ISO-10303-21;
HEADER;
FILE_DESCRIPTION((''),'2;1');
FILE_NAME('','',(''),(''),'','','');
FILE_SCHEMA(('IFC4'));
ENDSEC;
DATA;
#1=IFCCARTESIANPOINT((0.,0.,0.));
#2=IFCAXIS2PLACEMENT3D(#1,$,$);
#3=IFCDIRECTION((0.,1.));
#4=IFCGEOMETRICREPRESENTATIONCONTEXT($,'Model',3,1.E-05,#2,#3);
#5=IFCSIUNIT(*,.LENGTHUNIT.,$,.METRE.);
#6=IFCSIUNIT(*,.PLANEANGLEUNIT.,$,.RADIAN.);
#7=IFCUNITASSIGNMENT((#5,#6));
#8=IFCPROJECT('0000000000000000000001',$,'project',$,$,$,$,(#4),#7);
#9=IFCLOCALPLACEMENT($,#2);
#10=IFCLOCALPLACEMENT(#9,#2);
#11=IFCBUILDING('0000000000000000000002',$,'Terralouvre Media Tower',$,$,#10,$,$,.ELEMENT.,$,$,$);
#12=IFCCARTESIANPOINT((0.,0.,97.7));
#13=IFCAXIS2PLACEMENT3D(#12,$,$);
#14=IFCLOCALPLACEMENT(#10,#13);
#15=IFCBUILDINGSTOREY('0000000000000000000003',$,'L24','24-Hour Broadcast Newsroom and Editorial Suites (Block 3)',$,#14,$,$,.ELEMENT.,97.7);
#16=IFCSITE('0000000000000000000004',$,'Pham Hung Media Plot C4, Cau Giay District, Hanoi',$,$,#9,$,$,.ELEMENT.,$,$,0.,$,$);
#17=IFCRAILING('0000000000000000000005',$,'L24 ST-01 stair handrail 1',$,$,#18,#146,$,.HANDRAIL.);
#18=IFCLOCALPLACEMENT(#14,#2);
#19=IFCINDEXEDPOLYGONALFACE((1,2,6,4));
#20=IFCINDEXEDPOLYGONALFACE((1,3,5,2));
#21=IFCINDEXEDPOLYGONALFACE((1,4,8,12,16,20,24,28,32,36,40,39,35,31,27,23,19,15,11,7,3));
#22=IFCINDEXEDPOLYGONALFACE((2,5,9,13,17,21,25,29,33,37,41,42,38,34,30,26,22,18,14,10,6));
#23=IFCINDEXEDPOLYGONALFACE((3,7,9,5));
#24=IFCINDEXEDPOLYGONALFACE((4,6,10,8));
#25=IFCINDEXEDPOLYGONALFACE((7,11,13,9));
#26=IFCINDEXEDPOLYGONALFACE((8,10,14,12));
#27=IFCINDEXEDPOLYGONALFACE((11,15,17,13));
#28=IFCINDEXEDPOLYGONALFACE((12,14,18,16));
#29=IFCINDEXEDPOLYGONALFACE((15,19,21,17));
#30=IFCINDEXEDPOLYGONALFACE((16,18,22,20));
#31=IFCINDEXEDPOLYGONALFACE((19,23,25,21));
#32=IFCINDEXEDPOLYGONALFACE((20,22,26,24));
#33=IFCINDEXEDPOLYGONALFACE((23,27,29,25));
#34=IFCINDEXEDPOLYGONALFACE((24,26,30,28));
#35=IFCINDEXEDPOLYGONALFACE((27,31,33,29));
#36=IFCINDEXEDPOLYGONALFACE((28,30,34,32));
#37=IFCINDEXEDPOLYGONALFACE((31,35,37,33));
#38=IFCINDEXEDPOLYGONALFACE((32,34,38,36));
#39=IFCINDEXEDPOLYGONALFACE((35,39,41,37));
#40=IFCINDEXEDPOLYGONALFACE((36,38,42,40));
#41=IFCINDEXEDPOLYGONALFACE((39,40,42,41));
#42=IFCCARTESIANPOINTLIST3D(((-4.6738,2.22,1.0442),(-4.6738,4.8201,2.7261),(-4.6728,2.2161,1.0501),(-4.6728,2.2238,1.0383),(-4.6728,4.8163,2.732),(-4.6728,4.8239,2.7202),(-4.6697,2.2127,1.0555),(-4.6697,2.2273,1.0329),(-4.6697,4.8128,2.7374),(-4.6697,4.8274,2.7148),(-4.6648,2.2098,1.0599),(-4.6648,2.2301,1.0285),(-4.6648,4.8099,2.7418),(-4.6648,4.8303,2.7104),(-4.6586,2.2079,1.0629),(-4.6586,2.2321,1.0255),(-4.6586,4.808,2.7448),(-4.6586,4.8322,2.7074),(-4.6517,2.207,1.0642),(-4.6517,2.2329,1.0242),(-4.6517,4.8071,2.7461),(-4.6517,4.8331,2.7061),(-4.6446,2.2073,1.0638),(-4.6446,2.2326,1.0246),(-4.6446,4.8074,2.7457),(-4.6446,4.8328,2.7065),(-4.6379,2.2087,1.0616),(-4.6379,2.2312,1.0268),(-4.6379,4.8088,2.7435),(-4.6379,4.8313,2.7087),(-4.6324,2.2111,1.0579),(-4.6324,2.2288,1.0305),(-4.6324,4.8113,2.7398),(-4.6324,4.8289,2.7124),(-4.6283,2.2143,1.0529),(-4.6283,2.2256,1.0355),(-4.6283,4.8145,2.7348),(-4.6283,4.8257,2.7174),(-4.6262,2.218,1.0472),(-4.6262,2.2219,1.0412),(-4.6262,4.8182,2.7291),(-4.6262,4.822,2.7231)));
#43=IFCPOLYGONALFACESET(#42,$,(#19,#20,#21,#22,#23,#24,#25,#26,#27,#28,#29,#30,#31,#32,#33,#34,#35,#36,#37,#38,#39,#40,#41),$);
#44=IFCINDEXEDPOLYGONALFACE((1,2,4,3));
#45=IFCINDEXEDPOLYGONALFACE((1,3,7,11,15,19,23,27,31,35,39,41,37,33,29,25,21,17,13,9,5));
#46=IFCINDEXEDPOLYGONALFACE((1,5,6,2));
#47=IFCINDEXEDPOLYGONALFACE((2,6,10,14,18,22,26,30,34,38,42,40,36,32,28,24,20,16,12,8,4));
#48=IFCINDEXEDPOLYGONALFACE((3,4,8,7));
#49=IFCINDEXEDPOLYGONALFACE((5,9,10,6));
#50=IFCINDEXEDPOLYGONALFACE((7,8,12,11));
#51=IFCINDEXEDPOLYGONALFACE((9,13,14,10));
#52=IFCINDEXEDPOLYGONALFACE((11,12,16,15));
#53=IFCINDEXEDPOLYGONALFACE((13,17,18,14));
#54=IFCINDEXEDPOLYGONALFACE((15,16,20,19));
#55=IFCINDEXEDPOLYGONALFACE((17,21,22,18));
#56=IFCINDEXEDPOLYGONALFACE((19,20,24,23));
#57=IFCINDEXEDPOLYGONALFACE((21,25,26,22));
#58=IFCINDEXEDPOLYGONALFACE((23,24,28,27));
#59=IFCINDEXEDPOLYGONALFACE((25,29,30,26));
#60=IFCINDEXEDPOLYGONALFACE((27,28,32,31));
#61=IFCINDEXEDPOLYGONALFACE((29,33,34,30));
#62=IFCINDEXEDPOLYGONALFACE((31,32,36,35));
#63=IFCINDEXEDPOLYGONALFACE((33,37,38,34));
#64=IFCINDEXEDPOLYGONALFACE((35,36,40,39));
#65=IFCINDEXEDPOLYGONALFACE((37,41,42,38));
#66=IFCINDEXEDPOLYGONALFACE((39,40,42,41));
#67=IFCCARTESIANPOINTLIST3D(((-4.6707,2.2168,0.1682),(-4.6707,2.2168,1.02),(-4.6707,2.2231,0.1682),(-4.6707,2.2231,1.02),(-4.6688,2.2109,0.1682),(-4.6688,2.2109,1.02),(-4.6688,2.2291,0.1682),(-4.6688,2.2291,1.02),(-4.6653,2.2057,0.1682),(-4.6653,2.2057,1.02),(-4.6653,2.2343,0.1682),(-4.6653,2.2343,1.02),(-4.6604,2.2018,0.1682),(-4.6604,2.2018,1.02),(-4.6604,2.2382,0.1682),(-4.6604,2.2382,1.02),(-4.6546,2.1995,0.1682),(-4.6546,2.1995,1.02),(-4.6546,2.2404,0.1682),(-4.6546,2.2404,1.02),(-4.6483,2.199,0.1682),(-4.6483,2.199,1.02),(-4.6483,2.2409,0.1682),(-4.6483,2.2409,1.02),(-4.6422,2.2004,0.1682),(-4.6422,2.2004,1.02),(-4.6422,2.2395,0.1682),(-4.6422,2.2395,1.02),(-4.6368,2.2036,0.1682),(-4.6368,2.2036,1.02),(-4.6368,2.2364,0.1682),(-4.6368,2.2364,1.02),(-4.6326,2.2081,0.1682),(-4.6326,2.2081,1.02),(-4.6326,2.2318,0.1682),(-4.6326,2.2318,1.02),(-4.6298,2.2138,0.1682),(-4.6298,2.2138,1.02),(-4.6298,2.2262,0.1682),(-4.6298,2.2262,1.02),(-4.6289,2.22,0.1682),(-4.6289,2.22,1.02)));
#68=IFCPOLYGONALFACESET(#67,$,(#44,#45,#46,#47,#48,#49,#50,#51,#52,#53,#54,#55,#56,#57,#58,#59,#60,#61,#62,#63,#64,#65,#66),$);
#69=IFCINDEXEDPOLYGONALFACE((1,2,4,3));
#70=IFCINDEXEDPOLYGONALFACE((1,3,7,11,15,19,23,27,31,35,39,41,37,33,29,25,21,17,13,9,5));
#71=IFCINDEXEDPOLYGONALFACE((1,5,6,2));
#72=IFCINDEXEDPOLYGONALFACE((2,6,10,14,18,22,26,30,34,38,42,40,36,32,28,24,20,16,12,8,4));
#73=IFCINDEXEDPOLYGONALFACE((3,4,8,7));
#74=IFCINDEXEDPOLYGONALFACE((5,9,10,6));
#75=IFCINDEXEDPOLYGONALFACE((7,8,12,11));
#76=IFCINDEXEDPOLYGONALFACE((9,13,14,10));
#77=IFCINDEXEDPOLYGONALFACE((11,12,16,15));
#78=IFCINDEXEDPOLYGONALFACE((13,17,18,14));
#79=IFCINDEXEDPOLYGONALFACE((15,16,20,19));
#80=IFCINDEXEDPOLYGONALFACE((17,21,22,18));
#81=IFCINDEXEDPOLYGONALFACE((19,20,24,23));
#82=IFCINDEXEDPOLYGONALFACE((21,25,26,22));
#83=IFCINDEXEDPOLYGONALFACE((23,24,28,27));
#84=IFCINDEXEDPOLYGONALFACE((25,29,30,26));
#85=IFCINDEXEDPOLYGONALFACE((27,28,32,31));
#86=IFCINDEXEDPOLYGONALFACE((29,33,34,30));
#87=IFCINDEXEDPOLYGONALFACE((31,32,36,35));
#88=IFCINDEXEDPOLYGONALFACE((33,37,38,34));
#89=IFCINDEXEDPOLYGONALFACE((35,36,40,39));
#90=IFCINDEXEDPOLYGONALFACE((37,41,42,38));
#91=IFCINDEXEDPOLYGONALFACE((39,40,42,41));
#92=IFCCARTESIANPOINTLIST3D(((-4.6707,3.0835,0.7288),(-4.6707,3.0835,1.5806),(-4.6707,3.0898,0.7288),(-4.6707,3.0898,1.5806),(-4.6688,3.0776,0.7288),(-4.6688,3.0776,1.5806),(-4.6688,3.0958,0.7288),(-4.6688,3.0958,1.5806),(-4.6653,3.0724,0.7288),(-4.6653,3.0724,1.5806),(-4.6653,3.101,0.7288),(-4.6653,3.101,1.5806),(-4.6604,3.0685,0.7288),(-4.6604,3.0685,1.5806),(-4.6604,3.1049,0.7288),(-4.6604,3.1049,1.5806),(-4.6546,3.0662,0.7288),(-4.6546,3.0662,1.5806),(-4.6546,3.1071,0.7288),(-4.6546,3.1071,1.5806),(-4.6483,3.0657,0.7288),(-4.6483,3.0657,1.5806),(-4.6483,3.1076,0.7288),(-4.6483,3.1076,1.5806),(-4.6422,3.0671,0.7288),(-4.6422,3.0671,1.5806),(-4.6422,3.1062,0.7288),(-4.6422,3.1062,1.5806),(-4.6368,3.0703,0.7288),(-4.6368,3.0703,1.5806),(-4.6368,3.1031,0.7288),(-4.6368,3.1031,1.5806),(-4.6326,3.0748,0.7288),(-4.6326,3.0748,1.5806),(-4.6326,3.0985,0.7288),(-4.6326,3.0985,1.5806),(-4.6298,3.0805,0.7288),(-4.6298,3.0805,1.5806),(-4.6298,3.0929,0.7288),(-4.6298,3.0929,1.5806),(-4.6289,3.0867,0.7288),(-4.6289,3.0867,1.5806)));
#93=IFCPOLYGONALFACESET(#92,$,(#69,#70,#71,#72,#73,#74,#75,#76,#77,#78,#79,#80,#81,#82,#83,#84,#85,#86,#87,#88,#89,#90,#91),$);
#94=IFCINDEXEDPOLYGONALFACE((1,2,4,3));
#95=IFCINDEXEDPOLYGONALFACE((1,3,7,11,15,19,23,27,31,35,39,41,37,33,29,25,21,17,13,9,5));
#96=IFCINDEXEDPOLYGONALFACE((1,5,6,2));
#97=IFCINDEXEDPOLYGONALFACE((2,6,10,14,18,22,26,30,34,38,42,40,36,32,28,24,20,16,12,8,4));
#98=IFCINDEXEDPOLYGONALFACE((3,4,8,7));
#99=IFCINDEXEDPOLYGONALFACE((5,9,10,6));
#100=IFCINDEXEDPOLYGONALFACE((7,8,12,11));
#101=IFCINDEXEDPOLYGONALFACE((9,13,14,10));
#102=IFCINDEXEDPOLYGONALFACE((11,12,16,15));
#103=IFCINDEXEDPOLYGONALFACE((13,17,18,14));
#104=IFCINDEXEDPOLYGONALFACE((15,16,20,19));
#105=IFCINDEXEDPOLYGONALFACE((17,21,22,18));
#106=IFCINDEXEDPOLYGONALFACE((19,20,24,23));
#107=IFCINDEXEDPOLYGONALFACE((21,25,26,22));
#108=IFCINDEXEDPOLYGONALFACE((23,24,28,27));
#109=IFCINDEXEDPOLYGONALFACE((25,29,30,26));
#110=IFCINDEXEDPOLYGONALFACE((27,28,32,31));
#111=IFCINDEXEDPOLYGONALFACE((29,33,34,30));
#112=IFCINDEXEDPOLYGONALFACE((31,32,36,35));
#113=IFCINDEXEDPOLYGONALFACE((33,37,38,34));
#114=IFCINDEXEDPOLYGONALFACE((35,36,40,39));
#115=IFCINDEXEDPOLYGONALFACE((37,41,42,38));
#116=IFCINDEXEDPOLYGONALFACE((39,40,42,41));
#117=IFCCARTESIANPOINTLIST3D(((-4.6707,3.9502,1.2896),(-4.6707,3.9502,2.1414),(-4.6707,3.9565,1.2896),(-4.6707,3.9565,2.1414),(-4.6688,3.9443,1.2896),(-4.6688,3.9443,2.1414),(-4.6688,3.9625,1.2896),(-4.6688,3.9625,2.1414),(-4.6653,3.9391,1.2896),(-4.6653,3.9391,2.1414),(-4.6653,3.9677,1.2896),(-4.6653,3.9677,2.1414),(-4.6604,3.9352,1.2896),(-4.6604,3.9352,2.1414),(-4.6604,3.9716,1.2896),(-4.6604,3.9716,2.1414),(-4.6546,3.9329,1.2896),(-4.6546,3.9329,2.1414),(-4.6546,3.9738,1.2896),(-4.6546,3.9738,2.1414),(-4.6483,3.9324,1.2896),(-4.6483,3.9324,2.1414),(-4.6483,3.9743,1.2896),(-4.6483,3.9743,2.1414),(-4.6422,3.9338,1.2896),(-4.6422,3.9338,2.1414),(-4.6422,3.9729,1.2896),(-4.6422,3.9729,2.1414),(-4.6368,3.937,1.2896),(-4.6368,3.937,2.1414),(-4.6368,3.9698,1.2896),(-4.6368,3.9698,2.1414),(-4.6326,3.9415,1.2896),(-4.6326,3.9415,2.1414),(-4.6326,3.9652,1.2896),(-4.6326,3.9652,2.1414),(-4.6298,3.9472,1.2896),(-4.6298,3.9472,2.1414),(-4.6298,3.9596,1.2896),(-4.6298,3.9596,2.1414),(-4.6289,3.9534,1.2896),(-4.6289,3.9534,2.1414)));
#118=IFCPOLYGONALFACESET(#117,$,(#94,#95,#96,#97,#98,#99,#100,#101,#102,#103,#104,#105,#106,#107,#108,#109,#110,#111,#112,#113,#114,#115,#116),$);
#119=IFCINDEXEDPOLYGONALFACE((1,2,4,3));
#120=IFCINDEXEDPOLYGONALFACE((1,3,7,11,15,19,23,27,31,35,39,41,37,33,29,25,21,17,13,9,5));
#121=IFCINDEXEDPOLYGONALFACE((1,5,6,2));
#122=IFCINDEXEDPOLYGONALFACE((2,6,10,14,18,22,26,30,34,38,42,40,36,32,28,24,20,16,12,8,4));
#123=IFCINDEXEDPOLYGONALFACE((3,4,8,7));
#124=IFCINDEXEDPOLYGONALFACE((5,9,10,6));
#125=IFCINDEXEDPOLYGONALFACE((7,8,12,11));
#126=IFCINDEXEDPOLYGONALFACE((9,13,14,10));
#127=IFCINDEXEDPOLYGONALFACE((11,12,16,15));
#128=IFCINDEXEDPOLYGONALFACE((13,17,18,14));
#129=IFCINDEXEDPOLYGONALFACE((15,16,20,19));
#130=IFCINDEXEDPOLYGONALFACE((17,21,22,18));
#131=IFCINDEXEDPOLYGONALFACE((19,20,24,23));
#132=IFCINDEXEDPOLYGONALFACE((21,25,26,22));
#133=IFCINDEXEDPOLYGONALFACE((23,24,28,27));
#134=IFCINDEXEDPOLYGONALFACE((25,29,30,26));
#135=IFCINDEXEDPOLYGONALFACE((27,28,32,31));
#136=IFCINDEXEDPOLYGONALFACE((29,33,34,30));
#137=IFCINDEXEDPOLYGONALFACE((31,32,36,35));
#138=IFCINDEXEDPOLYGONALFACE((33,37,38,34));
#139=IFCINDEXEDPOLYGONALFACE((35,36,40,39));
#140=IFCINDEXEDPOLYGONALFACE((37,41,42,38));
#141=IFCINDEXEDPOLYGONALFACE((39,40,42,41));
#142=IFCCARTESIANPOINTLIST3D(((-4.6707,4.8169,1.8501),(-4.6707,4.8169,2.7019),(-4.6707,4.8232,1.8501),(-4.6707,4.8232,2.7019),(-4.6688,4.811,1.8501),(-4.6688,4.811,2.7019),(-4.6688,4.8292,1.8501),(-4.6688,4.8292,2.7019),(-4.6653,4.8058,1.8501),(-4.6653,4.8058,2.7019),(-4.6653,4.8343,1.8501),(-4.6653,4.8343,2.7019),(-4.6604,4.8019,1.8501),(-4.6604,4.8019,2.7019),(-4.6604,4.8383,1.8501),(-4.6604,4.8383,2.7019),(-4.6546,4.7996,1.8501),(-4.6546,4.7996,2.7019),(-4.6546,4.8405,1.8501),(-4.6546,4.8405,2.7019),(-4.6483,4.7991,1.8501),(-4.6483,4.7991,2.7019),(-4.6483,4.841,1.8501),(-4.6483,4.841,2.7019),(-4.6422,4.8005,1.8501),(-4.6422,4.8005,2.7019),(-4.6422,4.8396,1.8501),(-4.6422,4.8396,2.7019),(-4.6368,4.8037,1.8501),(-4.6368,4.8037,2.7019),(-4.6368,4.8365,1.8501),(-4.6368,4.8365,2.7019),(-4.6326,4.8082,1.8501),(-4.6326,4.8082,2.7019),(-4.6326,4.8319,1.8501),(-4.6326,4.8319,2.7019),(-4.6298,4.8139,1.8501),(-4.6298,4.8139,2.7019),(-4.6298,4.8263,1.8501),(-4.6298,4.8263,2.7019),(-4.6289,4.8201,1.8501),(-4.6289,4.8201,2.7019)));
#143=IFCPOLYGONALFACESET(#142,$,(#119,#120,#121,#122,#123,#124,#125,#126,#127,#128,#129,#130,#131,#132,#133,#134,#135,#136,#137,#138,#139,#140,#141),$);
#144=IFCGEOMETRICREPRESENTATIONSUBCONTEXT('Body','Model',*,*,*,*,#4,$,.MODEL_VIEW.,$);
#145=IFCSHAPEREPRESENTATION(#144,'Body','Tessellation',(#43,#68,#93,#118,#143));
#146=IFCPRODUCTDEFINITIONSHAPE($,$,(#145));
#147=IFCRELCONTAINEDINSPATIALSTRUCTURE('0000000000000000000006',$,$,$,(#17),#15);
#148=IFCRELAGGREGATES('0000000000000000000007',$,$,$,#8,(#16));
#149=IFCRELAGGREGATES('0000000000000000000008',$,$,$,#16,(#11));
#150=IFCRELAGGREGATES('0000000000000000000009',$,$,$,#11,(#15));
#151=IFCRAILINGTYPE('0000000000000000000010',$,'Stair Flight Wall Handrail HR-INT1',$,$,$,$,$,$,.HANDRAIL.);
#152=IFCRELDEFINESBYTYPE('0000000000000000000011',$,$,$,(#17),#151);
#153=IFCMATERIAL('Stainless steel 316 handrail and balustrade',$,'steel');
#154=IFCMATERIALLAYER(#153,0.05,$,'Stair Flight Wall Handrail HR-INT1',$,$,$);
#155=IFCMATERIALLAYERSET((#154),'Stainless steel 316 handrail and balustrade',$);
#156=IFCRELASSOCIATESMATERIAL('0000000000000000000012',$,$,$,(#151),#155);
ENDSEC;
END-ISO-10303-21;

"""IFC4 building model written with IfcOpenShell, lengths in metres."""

from ifc_helpers import new_model, si_unit, direction, frame, origin, origin_2d, place, context, subcontext, project, spatial, circle, extrude, material, layer, layer_set, type_object, element, save


model = new_model("IFC4")

# Units and contexts
model_context = context("Model", 3, precision=1e-05, world=origin(), true_north=direction((0.0, 1.0)))
body_context = subcontext(model_context, "Body", "Model", "MODEL_VIEW")
ifc_project = project(units=[si_unit("LENGTHUNIT", "METRE"), si_unit("PLANEANGLEUNIT", "RADIAN")], contexts=[model_context])

# Site, building, storey
site_placement = place(None, origin())
site = spatial("IfcSite", under=ifc_project, at=site_placement, Name="Pham Hung Media Plot C4, Cau Giay District, Hanoi", CompositionType="ELEMENT", RefElevation=0.0)
building_placement = place(site_placement, origin())
building = spatial("IfcBuilding", under=site, at=building_placement, Name="Terralouvre Media Tower", CompositionType="ELEMENT")
storey_placement = place(building_placement, frame((0.0, 0.0, 97.7)))
storey = spatial("IfcBuildingStorey", under=building, at=storey_placement, Name="L24", Description="24-Hour Broadcast Newsroom and Editorial Suites (Block 3)", CompositionType="ELEMENT", Elevation=97.7)

# Railing
ifc_material_1 = material(Name="Stainless steel 316 handrail and balustrade", Category="steel")
ifc_layer_1 = layer(ifc_material_1, 0.05, Name="Stair Flight Wall Handrail HR-INT1")
ifc_layer_set_1 = layer_set([ifc_layer_1], Name="Stainless steel 316 handrail and balustrade")
railing_type_1 = type_object("IfcRailingType", Name="Stair Flight Wall Handrail HR-INT1", PredefinedType="HANDRAIL", material=ifc_layer_set_1)
railing_1_placement = place(storey_placement, frame((-4.6499, 2.22, 0.1682)))
element("IfcRailing", 1, at=railing_1_placement, inside=storey, type_object=railing_type_1, Name="L24 ST-01 stair handrail 1", PredefinedType="HANDRAIL", context=body_context, shape_type="SweptSolid", body=[
    extrude(circle(Radius=0.0239, at=origin_2d()), frame((0.0, 0.0, 0.876), z_axis=(0.0, 0.839648, 0.54313), x_axis=(-1.0, 0.0, 0.0)), (0.0, 0.0, 1.0), 3.0967),
    extrude(circle(Radius=0.021, at=origin_2d()), origin(), (0.0, 0.0, 1.0), 0.8518),
    extrude(circle(Radius=0.021, at=origin_2d()), frame((0.0, 0.8667, 0.5605)), (0.0, 0.0, 1.0), 0.8518),
    extrude(circle(Radius=0.021, at=origin_2d()), frame((0.0, 1.7334, 1.1213)), (0.0, 0.0, 1.0), 0.8518),
    extrude(circle(Radius=0.021, at=origin_2d()), frame((0.0, 2.6001, 1.6819)), (0.0, 0.0, 1.0), 0.8518),
])

save(model, "model.ifc")
